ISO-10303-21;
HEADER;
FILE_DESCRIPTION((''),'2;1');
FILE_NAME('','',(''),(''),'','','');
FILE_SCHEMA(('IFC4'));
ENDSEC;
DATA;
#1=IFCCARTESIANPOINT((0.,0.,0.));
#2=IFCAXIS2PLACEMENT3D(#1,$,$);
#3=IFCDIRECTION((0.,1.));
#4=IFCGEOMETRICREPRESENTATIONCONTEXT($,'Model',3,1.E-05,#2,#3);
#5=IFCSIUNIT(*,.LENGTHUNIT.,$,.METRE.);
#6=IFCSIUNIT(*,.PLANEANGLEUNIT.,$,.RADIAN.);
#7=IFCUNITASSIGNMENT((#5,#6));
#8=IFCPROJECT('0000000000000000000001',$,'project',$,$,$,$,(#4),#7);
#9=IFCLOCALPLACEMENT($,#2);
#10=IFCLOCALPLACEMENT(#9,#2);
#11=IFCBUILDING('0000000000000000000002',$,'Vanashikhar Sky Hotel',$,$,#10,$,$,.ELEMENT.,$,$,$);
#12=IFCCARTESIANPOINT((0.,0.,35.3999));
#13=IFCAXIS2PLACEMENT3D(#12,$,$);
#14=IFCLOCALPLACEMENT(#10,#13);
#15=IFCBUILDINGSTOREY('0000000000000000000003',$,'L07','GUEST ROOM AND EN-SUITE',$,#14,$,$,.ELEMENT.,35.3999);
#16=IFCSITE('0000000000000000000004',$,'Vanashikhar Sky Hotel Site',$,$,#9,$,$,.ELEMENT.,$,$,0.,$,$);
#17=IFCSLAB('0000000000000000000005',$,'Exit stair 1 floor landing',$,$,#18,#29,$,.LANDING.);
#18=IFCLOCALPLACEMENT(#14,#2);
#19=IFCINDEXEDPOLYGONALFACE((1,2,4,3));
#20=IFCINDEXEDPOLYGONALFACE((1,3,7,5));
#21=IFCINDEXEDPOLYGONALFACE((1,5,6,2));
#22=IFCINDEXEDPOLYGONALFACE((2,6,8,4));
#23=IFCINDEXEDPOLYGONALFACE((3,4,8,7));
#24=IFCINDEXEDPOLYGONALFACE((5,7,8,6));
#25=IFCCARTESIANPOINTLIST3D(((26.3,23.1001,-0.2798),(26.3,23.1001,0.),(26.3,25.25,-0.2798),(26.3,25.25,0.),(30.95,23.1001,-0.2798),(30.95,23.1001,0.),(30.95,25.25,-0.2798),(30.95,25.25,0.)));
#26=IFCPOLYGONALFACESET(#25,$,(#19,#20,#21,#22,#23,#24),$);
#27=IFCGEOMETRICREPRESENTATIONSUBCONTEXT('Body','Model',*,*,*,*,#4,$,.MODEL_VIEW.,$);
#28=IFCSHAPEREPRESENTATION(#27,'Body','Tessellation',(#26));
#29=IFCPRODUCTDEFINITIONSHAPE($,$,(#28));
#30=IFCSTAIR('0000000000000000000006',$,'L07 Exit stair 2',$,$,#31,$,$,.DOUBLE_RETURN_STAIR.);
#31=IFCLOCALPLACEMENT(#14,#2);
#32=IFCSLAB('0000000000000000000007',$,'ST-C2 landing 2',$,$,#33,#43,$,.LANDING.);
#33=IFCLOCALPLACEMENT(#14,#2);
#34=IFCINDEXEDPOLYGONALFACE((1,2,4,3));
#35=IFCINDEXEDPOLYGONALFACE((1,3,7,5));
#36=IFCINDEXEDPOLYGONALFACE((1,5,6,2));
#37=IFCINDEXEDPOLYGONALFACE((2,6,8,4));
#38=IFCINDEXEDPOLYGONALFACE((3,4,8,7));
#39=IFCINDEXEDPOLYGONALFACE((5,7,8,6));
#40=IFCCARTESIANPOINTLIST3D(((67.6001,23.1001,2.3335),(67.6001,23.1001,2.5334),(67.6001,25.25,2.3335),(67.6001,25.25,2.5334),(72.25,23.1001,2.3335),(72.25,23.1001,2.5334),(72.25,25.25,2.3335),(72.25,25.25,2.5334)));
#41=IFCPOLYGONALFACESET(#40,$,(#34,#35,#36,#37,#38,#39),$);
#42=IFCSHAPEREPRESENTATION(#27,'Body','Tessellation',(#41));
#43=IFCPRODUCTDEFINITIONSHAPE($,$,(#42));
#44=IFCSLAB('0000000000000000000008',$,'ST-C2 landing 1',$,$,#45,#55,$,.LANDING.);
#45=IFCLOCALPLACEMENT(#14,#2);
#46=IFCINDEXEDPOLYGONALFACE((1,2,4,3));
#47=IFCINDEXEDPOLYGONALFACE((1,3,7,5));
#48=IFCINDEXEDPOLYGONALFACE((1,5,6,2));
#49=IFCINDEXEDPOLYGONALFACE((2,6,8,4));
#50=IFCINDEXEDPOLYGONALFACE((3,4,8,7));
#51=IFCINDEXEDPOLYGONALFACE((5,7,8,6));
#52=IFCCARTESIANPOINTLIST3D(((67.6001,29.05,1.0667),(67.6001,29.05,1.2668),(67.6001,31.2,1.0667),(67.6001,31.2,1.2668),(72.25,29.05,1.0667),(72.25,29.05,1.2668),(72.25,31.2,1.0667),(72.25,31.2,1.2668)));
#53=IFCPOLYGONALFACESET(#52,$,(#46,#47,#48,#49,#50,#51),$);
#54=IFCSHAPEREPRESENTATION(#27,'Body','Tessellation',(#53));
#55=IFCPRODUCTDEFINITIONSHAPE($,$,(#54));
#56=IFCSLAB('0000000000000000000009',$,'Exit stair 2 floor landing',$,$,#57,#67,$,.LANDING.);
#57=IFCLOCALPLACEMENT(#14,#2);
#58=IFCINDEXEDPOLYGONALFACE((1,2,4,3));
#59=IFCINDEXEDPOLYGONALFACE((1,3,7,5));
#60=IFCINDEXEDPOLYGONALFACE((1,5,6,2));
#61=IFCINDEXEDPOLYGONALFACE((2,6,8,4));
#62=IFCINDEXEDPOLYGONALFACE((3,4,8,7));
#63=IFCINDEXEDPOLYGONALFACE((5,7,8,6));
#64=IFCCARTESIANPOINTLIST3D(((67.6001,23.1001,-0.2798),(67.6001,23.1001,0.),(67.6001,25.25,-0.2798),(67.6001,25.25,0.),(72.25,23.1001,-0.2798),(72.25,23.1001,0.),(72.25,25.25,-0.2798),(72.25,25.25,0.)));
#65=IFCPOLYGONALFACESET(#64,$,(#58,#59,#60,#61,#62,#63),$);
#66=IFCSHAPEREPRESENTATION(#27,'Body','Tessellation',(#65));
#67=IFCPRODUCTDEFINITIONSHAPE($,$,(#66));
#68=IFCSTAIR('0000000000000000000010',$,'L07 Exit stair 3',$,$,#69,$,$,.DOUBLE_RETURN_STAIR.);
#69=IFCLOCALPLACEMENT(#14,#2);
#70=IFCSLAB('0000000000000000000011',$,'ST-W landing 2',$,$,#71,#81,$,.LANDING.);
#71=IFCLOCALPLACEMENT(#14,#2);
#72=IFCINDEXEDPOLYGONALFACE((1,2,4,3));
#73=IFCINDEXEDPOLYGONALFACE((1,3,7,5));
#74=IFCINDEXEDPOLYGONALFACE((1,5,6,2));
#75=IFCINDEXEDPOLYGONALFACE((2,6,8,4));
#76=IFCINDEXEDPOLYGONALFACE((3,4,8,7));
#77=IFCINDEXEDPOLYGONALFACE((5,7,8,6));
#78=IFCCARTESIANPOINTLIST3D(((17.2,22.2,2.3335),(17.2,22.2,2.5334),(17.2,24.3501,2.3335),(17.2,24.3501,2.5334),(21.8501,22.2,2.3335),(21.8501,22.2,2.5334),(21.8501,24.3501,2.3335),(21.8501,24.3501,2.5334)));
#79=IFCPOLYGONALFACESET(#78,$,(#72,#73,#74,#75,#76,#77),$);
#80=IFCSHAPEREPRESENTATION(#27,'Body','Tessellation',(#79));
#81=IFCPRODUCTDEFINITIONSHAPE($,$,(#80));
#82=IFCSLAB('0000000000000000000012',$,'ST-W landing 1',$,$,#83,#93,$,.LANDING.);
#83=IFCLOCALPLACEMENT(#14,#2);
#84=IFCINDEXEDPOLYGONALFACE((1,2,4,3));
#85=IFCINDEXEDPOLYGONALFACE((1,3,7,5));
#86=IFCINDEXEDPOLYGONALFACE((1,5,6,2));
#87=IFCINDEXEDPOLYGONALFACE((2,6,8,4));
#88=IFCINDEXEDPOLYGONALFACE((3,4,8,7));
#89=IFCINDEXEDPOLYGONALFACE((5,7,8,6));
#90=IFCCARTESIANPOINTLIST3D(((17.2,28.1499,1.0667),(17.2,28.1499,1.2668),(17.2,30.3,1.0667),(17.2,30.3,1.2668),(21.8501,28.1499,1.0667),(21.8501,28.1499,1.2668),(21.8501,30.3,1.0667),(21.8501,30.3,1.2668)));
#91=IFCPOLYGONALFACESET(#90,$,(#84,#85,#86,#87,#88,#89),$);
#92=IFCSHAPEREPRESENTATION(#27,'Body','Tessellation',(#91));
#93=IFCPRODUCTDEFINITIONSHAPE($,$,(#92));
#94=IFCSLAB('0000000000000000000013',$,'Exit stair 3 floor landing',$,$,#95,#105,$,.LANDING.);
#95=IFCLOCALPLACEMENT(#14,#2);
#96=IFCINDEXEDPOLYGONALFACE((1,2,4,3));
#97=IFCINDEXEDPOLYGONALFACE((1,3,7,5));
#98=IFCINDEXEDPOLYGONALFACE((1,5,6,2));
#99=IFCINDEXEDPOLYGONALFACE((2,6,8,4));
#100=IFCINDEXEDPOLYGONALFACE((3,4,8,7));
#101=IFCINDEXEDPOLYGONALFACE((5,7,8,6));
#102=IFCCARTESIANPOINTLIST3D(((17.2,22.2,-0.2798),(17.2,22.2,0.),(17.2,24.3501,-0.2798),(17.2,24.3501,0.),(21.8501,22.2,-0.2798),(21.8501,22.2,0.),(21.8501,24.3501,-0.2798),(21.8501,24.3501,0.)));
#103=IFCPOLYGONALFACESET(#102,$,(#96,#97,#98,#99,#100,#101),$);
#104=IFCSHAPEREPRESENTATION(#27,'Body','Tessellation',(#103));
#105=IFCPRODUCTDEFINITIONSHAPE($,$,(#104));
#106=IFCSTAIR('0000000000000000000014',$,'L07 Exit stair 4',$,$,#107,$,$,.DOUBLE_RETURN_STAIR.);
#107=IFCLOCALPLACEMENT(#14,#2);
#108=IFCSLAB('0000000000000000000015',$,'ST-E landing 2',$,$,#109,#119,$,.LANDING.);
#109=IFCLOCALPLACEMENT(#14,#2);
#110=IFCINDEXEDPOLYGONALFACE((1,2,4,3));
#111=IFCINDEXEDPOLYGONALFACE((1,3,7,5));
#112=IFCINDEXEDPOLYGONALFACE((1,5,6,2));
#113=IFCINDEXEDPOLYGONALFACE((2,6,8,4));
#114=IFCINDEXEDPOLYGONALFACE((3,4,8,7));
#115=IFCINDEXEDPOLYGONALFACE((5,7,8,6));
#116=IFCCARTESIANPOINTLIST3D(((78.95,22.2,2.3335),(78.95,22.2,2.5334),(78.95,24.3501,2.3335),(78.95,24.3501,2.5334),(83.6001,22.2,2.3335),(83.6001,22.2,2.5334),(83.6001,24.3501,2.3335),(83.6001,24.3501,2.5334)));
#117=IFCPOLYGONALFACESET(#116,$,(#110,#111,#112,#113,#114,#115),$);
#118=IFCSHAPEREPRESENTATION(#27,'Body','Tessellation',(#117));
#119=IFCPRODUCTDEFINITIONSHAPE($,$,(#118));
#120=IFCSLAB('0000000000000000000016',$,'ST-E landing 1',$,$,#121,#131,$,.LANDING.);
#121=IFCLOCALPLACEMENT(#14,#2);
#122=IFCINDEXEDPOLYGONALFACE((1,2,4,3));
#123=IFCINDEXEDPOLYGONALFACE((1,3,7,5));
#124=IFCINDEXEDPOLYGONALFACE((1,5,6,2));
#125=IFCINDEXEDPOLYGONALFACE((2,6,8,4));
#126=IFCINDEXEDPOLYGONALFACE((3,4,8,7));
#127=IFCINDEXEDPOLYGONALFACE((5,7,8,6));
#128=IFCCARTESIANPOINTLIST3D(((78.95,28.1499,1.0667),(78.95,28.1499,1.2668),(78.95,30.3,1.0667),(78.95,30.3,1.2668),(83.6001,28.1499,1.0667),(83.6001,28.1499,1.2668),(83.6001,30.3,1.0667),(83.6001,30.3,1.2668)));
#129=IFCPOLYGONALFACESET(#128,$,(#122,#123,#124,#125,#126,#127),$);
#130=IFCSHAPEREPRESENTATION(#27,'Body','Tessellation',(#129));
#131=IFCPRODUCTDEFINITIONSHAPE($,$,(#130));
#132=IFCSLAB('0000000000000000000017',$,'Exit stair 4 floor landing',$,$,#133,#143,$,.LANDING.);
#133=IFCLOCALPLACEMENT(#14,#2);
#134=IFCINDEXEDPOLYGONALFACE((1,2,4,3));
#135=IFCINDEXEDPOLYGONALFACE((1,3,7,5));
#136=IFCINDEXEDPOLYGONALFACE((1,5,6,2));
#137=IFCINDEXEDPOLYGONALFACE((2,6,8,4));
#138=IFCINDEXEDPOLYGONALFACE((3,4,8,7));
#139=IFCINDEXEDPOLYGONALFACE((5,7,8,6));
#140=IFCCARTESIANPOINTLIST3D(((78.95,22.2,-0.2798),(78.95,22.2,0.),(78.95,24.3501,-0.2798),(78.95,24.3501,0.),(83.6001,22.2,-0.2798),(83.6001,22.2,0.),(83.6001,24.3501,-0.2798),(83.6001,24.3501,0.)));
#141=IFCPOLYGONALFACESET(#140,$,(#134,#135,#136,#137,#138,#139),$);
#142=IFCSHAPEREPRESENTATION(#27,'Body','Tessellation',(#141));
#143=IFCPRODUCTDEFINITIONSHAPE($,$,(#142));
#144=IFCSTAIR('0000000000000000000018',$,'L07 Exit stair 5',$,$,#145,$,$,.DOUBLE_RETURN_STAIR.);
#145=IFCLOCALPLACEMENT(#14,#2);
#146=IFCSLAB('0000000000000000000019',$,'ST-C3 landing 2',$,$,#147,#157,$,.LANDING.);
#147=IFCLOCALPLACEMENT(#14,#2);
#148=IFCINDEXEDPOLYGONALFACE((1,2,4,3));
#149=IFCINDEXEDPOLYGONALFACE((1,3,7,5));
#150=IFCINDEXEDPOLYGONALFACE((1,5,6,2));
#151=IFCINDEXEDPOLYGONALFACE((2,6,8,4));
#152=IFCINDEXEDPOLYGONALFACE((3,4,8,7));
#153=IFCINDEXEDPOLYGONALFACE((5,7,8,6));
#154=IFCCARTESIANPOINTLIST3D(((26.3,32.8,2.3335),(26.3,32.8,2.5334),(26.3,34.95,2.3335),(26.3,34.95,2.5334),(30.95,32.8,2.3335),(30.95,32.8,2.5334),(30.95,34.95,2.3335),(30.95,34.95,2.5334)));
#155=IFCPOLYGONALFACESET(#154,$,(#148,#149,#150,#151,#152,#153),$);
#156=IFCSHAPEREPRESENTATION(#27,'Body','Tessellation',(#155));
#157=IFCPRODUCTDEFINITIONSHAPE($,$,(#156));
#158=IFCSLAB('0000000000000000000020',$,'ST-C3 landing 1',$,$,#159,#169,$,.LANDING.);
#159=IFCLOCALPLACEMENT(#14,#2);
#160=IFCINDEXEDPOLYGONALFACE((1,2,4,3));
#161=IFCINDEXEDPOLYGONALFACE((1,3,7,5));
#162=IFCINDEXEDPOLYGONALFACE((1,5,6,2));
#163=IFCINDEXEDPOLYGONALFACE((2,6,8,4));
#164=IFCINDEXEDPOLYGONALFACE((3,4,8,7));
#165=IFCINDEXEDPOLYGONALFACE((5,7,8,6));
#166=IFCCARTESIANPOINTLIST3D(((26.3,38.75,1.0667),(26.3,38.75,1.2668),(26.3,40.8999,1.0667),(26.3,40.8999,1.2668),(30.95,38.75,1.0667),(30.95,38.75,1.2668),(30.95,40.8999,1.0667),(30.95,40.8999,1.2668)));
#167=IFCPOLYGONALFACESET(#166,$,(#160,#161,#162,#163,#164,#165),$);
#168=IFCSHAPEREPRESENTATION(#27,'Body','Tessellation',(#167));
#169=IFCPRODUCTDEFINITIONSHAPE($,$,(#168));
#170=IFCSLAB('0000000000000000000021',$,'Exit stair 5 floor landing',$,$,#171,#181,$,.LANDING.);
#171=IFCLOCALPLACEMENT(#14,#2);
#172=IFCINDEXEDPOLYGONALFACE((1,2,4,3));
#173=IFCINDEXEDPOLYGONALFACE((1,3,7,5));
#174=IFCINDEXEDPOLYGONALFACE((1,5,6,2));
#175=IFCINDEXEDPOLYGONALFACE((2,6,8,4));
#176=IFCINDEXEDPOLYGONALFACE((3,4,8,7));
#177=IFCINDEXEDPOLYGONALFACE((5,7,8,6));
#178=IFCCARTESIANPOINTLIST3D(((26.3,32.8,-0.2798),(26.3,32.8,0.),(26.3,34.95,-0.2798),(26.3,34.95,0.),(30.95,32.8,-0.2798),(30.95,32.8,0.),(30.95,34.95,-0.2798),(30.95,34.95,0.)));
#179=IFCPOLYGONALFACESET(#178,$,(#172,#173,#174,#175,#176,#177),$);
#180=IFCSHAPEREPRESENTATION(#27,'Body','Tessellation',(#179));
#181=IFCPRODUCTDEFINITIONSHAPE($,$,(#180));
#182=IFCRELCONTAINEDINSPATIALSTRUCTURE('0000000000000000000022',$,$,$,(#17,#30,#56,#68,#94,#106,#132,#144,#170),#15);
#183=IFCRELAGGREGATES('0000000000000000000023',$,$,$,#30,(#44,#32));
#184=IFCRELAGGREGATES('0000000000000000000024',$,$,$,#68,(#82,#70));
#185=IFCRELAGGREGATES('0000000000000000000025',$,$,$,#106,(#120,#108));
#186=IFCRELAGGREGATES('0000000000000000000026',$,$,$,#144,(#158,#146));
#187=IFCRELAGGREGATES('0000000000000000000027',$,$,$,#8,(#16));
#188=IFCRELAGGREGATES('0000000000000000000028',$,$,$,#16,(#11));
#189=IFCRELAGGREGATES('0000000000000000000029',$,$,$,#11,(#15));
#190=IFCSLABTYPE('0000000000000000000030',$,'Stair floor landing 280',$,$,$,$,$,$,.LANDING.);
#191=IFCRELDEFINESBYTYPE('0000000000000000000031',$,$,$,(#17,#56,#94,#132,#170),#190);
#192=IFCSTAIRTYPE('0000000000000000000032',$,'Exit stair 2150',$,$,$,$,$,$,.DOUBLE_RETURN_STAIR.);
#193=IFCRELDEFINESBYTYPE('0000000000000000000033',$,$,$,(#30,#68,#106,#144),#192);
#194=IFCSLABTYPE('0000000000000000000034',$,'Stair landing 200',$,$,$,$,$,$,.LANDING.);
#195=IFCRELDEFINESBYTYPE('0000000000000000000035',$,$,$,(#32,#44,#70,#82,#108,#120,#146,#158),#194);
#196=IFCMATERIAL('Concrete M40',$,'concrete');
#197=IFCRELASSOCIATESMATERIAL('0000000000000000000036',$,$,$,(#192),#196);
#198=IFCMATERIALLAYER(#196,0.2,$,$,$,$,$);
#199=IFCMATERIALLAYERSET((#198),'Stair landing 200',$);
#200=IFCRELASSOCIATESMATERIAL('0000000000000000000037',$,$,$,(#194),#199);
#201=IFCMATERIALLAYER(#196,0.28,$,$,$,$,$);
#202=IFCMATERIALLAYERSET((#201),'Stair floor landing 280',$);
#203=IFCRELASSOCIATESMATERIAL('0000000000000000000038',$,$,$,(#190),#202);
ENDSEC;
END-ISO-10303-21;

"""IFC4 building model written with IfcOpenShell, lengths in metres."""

from ifc_helpers import new_model, si_unit, direction, frame, origin, place, context, subcontext, project, spatial, polyline, outline, extrude, source, transform, mapped, material, layer, layer_set, type_object, element, aggregate, save


model = new_model("IFC4")

# Units and contexts
model_context = context("Model", 3, precision=1e-05, world=origin(), true_north=direction((0.0, 1.0)))
body_context = subcontext(model_context, "Body", "Model", "MODEL_VIEW")
ifc_project = project(units=[si_unit("LENGTHUNIT", "METRE"), si_unit("PLANEANGLEUNIT", "RADIAN")], contexts=[model_context])

# Site, building, storey
site_placement = place(None, origin())
site = spatial("IfcSite", under=ifc_project, at=site_placement, Name="Vanashikhar Sky Hotel Site", CompositionType="ELEMENT", RefElevation=0.0)
building_placement = place(site_placement, origin())
building = spatial("IfcBuilding", under=site, at=building_placement, Name="Vanashikhar Sky Hotel", CompositionType="ELEMENT")
storey_placement = place(building_placement, frame((0.0, 0.0, 35.3999)))
storey = spatial("IfcBuildingStorey", under=building, at=storey_placement, Name="L07", Description="GUEST ROOM AND EN-SUITE", CompositionType="ELEMENT", Elevation=35.3999)

# Shared definitions
ifc_material_1 = material(Name="Concrete M40", Category="concrete")

# Shared definitions
stair_type = type_object("IfcStairType", Name="Exit stair 2150", PredefinedType="DOUBLE_RETURN_STAIR", material=ifc_material_1)
ifc_layer_1 = layer(ifc_material_1, 0.2)
ifc_layer_set_1 = layer_set([ifc_layer_1], Name="Stair landing 200")
slab_type_1 = type_object("IfcSlabType", Name="Stair landing 200", PredefinedType="LANDING", material=ifc_layer_set_1)

# Slab
ifc_layer_2 = layer(ifc_material_1, 0.28)
ifc_layer_set_2 = layer_set([ifc_layer_2], Name="Stair floor landing 280")
slab_type_2 = type_object("IfcSlabType", Name="Stair floor landing 280", PredefinedType="LANDING", material=ifc_layer_set_2)
shared_shape_1 = source(origin(), body_context, "Body", "SweptSolid", [
    extrude(outline(polyline([(30.95, 23.1001), (30.95, 25.25), (26.3, 25.25), (26.3, 23.1001), (30.95, 23.1001)])), origin(), (0.0, 0.0, 1.0), 0.2798),
])
slab_1_placement = place(storey_placement, frame((0.0, 0.0, -0.2798)))
element("IfcSlab", 1, at=slab_1_placement, inside=storey, type_object=slab_type_2, Name="Exit stair 1 floor landing", PredefinedType="LANDING", context=body_context, shape_type="MappedRepresentation", body=[
    mapped(shared_shape_1, transform((0.0, 0.0, 0.0), scale=1.0)),
])

# Stair, slabs
stair_1_placement = place(storey_placement, origin())
stair_1 = element("IfcStair", 2, at=stair_1_placement, inside=storey, type_object=stair_type, Name="L07 Exit stair 2", PredefinedType="DOUBLE_RETURN_STAIR")
shared_shape_2 = source(origin(), body_context, "Body", "SweptSolid", [
    extrude(outline(polyline([(72.25, 23.1001), (72.25, 25.25), (67.6001, 25.25), (67.6001, 23.1001), (72.25, 23.1001)])), origin(), (0.0, 0.0, 1.0), 0.2),
])
slab_2_placement = place(storey_placement, frame((0.0, 0.0, 2.3335)))
slab_2 = element("IfcSlab", 3, at=slab_2_placement, type_object=slab_type_1, Name="ST-C2 landing 2", PredefinedType="LANDING", context=body_context, shape_type="MappedRepresentation", body=[
    mapped(shared_shape_2, transform((0.0, 0.0, 0.0), scale=1.0)),
])
shared_shape_3 = source(origin(), body_context, "Body", "SweptSolid", [
    extrude(outline(polyline([(72.25, 29.05), (72.25, 31.2), (67.6001, 31.2), (67.6001, 29.05), (72.25, 29.05)])), origin(), (0.0, 0.0, 1.0), 0.2002),
])
slab_3_placement = place(storey_placement, frame((0.0, 0.0, 1.0667)))
slab_3 = element("IfcSlab", 4, at=slab_3_placement, type_object=slab_type_1, Name="ST-C2 landing 1", PredefinedType="LANDING", context=body_context, shape_type="MappedRepresentation", body=[
    mapped(shared_shape_3, transform((0.0, 0.0, 0.0), scale=1.0)),
])
aggregate(stair_1, [slab_3, slab_2])

# Slab
shared_shape_4 = source(origin(), body_context, "Body", "SweptSolid", [
    extrude(outline(polyline([(72.25, 23.1001), (72.25, 25.25), (67.6001, 25.25), (67.6001, 23.1001), (72.25, 23.1001)])), origin(), (0.0, 0.0, 1.0), 0.2798),
])
slab_4_placement = place(storey_placement, frame((0.0, 0.0, -0.2798)))
element("IfcSlab", 5, at=slab_4_placement, inside=storey, type_object=slab_type_2, Name="Exit stair 2 floor landing", PredefinedType="LANDING", context=body_context, shape_type="MappedRepresentation", body=[
    mapped(shared_shape_4, transform((0.0, 0.0, 0.0), scale=1.0)),
])

# Stair, slabs
stair_2_placement = place(storey_placement, origin())
stair_2 = element("IfcStair", 6, at=stair_2_placement, inside=storey, type_object=stair_type, Name="L07 Exit stair 3", PredefinedType="DOUBLE_RETURN_STAIR")
shared_shape_5 = source(origin(), body_context, "Body", "SweptSolid", [
    extrude(outline(polyline([(21.8501, 22.2), (21.8501, 24.3501), (17.2, 24.3501), (17.2, 22.2), (21.8501, 22.2)])), origin(), (0.0, 0.0, 1.0), 0.2),
])
slab_5_placement = place(storey_placement, frame((0.0, 0.0, 2.3335)))
slab_5 = element("IfcSlab", 7, at=slab_5_placement, type_object=slab_type_1, Name="ST-W landing 2", PredefinedType="LANDING", context=body_context, shape_type="MappedRepresentation", body=[
    mapped(shared_shape_5, transform((0.0, 0.0, 0.0), scale=1.0)),
])
shared_shape_6 = source(origin(), body_context, "Body", "SweptSolid", [
    extrude(outline(polyline([(21.8501, 28.1499), (21.8501, 30.3), (17.2, 30.3), (17.2, 28.1499), (21.8501, 28.1499)])), origin(), (0.0, 0.0, 1.0), 0.2002),
])
slab_6_placement = place(storey_placement, frame((0.0, 0.0, 1.0667)))
slab_6 = element("IfcSlab", 8, at=slab_6_placement, type_object=slab_type_1, Name="ST-W landing 1", PredefinedType="LANDING", context=body_context, shape_type="MappedRepresentation", body=[
    mapped(shared_shape_6, transform((0.0, 0.0, 0.0), scale=1.0)),
])
aggregate(stair_2, [slab_6, slab_5])

# Slab
shared_shape_7 = source(origin(), body_context, "Body", "SweptSolid", [
    extrude(outline(polyline([(21.8501, 22.2), (21.8501, 24.3501), (17.2, 24.3501), (17.2, 22.2), (21.8501, 22.2)])), origin(), (0.0, 0.0, 1.0), 0.2798),
])
slab_7_placement = place(storey_placement, frame((0.0, 0.0, -0.2798)))
element("IfcSlab", 9, at=slab_7_placement, inside=storey, type_object=slab_type_2, Name="Exit stair 3 floor landing", PredefinedType="LANDING", context=body_context, shape_type="MappedRepresentation", body=[
    mapped(shared_shape_7, transform((0.0, 0.0, 0.0), scale=1.0)),
])

# Stair, slabs
stair_3_placement = place(storey_placement, origin())
stair_3 = element("IfcStair", 10, at=stair_3_placement, inside=storey, type_object=stair_type, Name="L07 Exit stair 4", PredefinedType="DOUBLE_RETURN_STAIR")
shared_shape_8 = source(origin(), body_context, "Body", "SweptSolid", [
    extrude(outline(polyline([(83.6001, 22.2), (83.6001, 24.3501), (78.95, 24.3501), (78.95, 22.2), (83.6001, 22.2)])), origin(), (0.0, 0.0, 1.0), 0.2),
])
slab_8_placement = place(storey_placement, frame((0.0, 0.0, 2.3335)))
slab_8 = element("IfcSlab", 11, at=slab_8_placement, type_object=slab_type_1, Name="ST-E landing 2", PredefinedType="LANDING", context=body_context, shape_type="MappedRepresentation", body=[
    mapped(shared_shape_8, transform((0.0, 0.0, 0.0), scale=1.0)),
])
shared_shape_9 = source(origin(), body_context, "Body", "SweptSolid", [
    extrude(outline(polyline([(83.6001, 28.1499), (83.6001, 30.3), (78.95, 30.3), (78.95, 28.1499), (83.6001, 28.1499)])), origin(), (0.0, 0.0, 1.0), 0.2002),
])
slab_9_placement = place(storey_placement, frame((0.0, 0.0, 1.0667)))
slab_9 = element("IfcSlab", 12, at=slab_9_placement, type_object=slab_type_1, Name="ST-E landing 1", PredefinedType="LANDING", context=body_context, shape_type="MappedRepresentation", body=[
    mapped(shared_shape_9, transform((0.0, 0.0, 0.0), scale=1.0)),
])
aggregate(stair_3, [slab_9, slab_8])

# Slab
shared_shape_10 = source(origin(), body_context, "Body", "SweptSolid", [
    extrude(outline(polyline([(83.6001, 22.2), (83.6001, 24.3501), (78.95, 24.3501), (78.95, 22.2), (83.6001, 22.2)])), origin(), (0.0, 0.0, 1.0), 0.2798),
])
slab_10_placement = place(storey_placement, frame((0.0, 0.0, -0.2798)))
element("IfcSlab", 13, at=slab_10_placement, inside=storey, type_object=slab_type_2, Name="Exit stair 4 floor landing", PredefinedType="LANDING", context=body_context, shape_type="MappedRepresentation", body=[
    mapped(shared_shape_10, transform((0.0, 0.0, 0.0), scale=1.0)),
])

# Stair, slabs
stair_4_placement = place(storey_placement, origin())
stair_4 = element("IfcStair", 14, at=stair_4_placement, inside=storey, type_object=stair_type, Name="L07 Exit stair 5", PredefinedType="DOUBLE_RETURN_STAIR")
shared_shape_11 = source(origin(), body_context, "Body", "SweptSolid", [
    extrude(outline(polyline([(30.95, 32.8), (30.95, 34.95), (26.3, 34.95), (26.3, 32.8), (30.95, 32.8)])), origin(), (0.0, 0.0, 1.0), 0.2),
])
slab_11_placement = place(storey_placement, frame((0.0, 0.0, 2.3335)))
slab_11 = element("IfcSlab", 15, at=slab_11_placement, type_object=slab_type_1, Name="ST-C3 landing 2", PredefinedType="LANDING", context=body_context, shape_type="MappedRepresentation", body=[
    mapped(shared_shape_11, transform((0.0, 0.0, 0.0), scale=1.0)),
])
shared_shape_12 = source(origin(), body_context, "Body", "SweptSolid", [
    extrude(outline(polyline([(30.95, 38.75), (30.95, 40.8999), (26.3, 40.8999), (26.3, 38.75), (30.95, 38.75)])), origin(), (0.0, 0.0, 1.0), 0.2002),
])
slab_12_placement = place(storey_placement, frame((0.0, 0.0, 1.0667)))
slab_12 = element("IfcSlab", 16, at=slab_12_placement, type_object=slab_type_1, Name="ST-C3 landing 1", PredefinedType="LANDING", context=body_context, shape_type="MappedRepresentation", body=[
    mapped(shared_shape_12, transform((0.0, 0.0, 0.0), scale=1.0)),
])
aggregate(stair_4, [slab_12, slab_11])

# Slab
shared_shape_13 = source(origin(), body_context, "Body", "SweptSolid", [
    extrude(outline(polyline([(30.95, 32.8), (30.95, 34.95), (26.3, 34.95), (26.3, 32.8), (30.95, 32.8)])), origin(), (0.0, 0.0, 1.0), 0.2798),
])
slab_13_placement = place(storey_placement, frame((0.0, 0.0, -0.2798)))
element("IfcSlab", 17, at=slab_13_placement, inside=storey, type_object=slab_type_2, Name="Exit stair 5 floor landing", PredefinedType="LANDING", context=body_context, shape_type="MappedRepresentation", body=[
    mapped(shared_shape_13, transform((0.0, 0.0, 0.0), scale=1.0)),
])

save(model, "model.ifc")
